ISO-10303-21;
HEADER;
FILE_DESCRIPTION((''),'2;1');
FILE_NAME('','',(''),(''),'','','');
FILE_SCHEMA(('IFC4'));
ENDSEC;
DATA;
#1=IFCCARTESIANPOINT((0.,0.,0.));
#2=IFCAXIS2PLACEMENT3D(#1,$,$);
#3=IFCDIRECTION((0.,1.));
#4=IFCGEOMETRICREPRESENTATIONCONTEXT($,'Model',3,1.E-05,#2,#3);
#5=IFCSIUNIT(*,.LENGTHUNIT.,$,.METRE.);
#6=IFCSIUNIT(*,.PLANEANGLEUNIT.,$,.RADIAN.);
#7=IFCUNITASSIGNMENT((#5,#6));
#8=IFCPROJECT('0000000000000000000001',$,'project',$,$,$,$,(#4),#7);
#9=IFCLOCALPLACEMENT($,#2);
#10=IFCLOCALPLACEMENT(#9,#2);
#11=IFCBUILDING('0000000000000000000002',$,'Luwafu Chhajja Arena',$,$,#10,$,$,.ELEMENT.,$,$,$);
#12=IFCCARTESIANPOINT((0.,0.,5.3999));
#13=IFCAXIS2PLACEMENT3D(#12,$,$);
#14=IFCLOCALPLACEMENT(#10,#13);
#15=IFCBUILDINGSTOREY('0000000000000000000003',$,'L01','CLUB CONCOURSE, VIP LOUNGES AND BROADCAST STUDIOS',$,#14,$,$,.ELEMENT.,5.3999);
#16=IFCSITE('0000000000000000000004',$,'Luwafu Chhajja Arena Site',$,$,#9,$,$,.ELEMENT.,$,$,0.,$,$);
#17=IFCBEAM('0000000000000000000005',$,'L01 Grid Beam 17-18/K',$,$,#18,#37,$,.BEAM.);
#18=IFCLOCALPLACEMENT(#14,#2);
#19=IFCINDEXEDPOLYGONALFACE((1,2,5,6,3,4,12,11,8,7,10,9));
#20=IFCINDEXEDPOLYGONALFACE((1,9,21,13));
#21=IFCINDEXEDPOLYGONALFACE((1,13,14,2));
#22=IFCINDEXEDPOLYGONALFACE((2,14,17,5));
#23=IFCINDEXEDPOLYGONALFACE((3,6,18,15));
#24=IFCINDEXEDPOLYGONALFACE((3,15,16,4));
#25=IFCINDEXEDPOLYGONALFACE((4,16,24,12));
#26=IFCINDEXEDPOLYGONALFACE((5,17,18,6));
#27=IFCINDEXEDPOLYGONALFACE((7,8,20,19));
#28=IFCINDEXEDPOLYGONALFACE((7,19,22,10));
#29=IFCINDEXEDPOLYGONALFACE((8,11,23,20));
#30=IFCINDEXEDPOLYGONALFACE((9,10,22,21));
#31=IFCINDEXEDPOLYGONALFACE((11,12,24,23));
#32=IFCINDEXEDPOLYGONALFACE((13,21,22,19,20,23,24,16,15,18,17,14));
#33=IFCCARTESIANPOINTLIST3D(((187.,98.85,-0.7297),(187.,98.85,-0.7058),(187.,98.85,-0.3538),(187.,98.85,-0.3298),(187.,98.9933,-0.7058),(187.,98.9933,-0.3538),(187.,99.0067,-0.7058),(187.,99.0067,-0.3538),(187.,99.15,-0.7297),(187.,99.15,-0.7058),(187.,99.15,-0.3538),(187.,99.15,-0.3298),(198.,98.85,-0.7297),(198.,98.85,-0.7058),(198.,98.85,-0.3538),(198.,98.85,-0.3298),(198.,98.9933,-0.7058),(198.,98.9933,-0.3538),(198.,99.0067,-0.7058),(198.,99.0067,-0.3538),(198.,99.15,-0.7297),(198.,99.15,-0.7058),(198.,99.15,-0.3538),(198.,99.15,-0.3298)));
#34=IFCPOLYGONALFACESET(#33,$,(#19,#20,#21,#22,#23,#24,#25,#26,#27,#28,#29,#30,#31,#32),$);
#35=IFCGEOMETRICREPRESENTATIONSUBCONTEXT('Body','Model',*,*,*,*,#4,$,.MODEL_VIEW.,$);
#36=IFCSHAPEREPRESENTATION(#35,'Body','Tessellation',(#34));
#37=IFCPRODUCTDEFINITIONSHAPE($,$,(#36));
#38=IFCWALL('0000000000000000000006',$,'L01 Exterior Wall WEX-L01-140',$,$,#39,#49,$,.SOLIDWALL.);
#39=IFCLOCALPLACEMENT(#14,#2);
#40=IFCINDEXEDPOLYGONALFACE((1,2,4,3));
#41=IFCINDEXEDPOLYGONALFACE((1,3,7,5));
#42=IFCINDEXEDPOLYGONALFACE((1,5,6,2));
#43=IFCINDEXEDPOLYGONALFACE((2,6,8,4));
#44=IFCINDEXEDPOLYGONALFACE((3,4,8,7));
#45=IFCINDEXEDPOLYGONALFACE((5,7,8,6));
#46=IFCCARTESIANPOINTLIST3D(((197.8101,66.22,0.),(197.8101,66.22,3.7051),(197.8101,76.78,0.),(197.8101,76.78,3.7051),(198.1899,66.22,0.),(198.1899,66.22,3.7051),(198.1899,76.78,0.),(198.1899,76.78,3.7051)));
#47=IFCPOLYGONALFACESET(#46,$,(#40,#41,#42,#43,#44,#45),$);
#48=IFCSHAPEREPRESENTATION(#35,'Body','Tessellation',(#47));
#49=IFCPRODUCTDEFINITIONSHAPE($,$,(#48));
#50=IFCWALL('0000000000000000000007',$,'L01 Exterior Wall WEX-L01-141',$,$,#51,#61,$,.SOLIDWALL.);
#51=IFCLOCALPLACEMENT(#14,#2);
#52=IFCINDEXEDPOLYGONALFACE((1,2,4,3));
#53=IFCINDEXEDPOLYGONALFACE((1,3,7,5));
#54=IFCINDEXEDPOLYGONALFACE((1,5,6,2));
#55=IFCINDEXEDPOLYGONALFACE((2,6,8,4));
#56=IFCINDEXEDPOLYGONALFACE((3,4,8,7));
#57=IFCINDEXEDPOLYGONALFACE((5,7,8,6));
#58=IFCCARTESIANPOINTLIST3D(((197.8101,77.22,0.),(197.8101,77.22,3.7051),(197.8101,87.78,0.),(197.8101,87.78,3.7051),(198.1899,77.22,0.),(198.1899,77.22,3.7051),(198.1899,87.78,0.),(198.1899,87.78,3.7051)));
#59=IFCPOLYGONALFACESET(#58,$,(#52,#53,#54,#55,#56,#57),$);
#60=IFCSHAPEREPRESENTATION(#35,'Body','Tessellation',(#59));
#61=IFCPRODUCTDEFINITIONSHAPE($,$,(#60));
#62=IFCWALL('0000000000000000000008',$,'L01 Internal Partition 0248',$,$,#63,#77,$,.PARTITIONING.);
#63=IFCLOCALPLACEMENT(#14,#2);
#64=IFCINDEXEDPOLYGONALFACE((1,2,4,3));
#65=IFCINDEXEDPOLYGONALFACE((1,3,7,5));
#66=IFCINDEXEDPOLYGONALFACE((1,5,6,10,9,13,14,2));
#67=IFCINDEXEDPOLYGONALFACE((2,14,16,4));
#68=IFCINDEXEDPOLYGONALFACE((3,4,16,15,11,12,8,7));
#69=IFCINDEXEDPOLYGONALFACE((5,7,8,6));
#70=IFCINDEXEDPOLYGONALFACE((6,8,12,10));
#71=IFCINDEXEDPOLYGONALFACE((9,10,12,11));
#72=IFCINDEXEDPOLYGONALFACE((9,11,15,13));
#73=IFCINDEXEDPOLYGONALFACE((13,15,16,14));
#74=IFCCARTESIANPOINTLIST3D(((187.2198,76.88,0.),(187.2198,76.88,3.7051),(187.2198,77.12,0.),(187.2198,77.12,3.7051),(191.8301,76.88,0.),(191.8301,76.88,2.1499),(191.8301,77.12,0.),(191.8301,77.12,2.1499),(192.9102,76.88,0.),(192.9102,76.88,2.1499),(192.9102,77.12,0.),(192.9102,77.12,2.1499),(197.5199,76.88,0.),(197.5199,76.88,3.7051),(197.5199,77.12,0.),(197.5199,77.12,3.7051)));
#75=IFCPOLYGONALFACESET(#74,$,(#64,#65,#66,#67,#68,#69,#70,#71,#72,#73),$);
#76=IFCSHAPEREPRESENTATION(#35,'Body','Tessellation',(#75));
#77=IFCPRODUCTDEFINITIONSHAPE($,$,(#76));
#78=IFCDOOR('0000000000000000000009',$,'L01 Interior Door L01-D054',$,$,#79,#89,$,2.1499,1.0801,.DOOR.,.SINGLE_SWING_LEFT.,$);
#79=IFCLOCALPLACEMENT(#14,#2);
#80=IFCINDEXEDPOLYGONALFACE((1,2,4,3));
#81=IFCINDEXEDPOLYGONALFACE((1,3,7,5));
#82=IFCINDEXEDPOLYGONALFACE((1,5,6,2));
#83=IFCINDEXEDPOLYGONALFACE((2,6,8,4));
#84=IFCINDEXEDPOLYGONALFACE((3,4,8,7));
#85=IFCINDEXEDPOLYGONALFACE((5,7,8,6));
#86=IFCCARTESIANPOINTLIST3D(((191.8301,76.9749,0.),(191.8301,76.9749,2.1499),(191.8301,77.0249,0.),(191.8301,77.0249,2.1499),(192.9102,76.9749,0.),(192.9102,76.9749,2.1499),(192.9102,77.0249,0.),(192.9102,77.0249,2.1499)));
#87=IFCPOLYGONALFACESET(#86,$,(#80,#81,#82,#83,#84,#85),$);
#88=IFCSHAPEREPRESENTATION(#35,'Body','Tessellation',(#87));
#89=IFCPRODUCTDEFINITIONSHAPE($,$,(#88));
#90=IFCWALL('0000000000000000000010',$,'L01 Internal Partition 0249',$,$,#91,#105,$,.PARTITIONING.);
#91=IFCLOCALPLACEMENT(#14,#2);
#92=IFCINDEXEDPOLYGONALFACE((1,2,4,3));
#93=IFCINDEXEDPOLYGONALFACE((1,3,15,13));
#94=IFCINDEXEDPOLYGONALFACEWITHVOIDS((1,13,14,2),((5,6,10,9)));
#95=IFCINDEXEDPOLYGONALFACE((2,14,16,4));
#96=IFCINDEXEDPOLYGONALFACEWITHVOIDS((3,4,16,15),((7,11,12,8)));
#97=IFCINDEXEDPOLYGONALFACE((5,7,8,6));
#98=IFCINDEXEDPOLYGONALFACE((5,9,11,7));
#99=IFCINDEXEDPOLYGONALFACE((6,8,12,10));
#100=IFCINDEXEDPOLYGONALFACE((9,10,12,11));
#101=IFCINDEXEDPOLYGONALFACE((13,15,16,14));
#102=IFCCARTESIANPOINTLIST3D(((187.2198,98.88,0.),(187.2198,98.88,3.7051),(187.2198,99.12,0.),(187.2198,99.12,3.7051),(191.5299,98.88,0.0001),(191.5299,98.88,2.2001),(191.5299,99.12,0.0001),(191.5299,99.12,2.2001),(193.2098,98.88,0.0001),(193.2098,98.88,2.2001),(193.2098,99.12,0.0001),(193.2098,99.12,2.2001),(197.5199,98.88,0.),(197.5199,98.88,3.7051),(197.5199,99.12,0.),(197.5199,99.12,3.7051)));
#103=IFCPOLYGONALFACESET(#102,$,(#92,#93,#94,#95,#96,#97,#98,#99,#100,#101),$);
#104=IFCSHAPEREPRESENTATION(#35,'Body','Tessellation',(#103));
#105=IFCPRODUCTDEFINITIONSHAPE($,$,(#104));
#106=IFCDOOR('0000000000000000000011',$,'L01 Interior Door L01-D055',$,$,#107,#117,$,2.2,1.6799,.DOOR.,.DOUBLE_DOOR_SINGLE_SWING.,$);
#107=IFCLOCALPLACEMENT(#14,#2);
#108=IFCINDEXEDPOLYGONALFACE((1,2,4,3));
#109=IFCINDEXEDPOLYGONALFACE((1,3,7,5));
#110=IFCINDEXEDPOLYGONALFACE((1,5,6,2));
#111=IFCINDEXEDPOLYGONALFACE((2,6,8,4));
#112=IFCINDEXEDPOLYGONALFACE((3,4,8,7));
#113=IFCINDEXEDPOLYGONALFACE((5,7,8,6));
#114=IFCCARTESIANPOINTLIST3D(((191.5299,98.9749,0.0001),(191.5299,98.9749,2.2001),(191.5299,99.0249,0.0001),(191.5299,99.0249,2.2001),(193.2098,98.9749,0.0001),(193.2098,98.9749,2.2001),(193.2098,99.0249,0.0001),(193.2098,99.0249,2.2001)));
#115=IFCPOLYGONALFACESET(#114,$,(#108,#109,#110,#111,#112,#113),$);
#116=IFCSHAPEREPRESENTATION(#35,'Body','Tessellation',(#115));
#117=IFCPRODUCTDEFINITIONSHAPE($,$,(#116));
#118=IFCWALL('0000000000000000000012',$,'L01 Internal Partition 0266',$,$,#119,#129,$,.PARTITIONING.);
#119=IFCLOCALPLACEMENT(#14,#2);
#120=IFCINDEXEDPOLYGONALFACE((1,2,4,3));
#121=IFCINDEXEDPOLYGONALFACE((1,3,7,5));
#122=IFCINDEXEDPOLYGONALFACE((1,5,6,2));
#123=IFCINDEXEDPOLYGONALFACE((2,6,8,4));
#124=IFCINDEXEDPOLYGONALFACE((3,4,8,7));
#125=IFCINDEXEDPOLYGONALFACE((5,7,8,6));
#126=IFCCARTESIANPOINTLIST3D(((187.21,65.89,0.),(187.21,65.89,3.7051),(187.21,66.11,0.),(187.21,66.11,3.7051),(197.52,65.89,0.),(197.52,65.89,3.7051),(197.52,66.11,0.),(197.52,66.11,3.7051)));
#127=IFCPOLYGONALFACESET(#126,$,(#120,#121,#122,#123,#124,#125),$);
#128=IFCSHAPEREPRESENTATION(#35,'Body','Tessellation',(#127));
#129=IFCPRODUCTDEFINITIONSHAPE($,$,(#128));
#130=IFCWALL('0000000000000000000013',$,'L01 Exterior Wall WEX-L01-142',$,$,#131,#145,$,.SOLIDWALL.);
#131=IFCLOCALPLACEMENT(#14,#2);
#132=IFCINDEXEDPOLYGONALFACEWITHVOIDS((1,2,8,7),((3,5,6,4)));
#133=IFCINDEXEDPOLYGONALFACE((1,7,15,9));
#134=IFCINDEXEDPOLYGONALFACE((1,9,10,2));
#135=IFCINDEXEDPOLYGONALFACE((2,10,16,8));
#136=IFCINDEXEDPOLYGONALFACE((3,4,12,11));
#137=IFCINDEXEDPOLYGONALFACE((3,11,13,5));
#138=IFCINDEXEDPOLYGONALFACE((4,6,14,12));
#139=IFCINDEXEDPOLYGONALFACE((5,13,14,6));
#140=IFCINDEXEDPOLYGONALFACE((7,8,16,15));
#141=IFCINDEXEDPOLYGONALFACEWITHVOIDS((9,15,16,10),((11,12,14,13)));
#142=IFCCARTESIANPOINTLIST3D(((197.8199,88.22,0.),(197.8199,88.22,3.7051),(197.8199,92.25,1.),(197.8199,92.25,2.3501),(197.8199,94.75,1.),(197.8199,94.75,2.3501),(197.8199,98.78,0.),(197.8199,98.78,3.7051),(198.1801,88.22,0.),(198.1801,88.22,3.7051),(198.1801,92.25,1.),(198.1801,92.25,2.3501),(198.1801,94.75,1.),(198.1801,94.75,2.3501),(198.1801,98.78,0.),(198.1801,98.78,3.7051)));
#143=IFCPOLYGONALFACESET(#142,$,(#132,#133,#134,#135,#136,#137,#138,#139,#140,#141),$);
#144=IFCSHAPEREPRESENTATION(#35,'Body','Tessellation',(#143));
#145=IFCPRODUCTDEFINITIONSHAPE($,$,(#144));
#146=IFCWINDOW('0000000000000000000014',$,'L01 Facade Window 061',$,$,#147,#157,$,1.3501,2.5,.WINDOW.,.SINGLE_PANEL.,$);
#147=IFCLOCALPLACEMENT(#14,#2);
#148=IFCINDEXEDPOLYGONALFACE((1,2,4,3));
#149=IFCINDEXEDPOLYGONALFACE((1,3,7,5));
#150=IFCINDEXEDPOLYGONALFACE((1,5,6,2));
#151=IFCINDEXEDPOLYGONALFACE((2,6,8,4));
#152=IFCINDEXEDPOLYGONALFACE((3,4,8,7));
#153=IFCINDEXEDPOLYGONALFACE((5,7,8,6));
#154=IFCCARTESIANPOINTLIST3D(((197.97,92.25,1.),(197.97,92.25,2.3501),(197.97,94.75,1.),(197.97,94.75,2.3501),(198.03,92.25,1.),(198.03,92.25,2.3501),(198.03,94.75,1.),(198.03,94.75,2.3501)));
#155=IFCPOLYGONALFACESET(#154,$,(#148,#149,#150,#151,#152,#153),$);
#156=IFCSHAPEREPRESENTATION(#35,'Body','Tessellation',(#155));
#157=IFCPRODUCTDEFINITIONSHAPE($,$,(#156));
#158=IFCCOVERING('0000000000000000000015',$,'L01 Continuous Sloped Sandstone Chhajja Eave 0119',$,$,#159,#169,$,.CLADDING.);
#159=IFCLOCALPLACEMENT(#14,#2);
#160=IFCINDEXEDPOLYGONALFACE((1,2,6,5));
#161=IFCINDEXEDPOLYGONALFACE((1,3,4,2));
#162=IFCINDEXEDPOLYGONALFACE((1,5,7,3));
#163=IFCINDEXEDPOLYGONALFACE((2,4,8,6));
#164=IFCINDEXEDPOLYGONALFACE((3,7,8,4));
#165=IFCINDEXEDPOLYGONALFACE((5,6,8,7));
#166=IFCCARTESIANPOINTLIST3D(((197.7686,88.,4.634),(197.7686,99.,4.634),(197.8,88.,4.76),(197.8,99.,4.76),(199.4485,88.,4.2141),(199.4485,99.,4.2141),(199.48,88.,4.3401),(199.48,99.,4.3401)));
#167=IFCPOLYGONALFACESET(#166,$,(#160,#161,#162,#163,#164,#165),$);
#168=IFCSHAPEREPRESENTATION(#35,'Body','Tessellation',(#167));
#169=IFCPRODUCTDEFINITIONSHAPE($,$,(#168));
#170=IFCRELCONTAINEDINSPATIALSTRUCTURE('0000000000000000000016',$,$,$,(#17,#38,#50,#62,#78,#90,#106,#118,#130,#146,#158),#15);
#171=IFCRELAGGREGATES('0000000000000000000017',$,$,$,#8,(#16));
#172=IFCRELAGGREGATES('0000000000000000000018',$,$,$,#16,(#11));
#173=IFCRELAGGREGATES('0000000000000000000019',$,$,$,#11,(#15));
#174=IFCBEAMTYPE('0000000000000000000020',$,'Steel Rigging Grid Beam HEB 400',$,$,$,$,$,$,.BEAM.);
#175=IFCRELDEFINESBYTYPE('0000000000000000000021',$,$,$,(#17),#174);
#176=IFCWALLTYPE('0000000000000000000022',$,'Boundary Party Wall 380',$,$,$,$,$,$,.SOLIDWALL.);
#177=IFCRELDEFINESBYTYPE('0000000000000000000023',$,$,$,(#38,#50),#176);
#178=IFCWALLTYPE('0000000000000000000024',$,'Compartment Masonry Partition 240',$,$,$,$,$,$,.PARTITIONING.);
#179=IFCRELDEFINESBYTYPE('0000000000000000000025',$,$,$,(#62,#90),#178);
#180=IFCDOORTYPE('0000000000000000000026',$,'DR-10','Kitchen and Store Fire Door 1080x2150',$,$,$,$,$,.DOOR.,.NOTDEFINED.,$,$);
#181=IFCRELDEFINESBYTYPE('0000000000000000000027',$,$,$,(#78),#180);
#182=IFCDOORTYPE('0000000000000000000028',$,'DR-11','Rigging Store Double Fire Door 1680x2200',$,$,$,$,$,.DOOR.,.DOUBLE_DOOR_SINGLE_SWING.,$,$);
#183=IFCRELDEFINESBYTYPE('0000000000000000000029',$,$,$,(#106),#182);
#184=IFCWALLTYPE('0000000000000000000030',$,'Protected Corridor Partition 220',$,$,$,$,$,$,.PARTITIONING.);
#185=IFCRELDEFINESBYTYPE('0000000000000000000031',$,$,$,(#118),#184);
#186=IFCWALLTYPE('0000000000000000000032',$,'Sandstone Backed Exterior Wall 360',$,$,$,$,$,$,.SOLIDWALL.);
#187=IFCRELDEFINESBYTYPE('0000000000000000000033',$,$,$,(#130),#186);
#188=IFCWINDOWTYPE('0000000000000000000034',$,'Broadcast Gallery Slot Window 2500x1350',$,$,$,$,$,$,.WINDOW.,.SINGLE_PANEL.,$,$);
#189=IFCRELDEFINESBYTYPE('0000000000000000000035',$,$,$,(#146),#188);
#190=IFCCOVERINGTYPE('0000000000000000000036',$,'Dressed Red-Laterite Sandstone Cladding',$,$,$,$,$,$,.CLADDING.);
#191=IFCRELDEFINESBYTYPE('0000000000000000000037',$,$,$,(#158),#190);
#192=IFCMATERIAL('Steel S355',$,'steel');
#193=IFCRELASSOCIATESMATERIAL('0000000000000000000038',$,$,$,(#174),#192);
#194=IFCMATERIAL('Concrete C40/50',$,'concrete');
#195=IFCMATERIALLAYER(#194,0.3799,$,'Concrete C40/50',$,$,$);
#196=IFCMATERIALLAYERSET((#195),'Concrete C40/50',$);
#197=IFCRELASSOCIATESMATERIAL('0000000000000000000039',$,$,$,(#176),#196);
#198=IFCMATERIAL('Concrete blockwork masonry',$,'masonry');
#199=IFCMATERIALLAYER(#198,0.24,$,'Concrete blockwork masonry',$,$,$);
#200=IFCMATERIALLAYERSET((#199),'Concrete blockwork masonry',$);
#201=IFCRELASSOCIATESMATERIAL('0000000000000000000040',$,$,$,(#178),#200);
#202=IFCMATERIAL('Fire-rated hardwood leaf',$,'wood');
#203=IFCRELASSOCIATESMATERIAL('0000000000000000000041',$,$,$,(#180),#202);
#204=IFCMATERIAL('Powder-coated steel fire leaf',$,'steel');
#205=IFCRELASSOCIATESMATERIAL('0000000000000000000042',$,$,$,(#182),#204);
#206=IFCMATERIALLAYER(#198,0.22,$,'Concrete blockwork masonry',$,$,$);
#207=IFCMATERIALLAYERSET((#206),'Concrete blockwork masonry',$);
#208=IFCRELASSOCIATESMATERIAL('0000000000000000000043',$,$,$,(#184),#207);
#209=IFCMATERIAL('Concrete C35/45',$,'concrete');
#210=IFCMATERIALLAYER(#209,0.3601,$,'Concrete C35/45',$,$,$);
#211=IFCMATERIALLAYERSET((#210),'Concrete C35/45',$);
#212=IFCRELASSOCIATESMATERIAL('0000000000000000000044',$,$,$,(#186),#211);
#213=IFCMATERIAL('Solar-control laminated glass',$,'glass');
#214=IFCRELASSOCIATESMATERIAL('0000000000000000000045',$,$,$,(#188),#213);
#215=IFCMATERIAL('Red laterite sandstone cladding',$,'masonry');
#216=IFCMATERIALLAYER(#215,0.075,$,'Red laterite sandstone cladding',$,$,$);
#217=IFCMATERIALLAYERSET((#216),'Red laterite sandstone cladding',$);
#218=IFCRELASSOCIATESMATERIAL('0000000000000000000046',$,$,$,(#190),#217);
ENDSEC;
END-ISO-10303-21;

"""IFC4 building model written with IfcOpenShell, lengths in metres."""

from ifc_helpers import new_model, si_unit, direction, frame, frame_2d, origin, origin_2d, place, context, subcontext, project, spatial, polyline, rectangle, i_section, outline, extrude, material, layer, layer_set, material_profile, profile_set, type_object, element, fill, save


model = new_model("IFC4")

# Units and contexts
model_context = context("Model", 3, precision=1e-05, world=origin(), true_north=direction((0.0, 1.0)))
body_context = subcontext(model_context, "Body", "Model", "MODEL_VIEW")
ifc_project = project(units=[si_unit("LENGTHUNIT", "METRE"), si_unit("PLANEANGLEUNIT", "RADIAN")], contexts=[model_context])

# Site, building, storey
site_placement = place(None, origin())
site = spatial("IfcSite", under=ifc_project, at=site_placement, Name="Luwafu Chhajja Arena Site", CompositionType="ELEMENT", RefElevation=0.0)
building_placement = place(site_placement, origin())
building = spatial("IfcBuilding", under=site, at=building_placement, Name="Luwafu Chhajja Arena", CompositionType="ELEMENT")
storey_placement = place(building_placement, frame((0.0, 0.0, 5.3999)))
storey = spatial("IfcBuildingStorey", under=building, at=storey_placement, Name="L01", Description="CLUB CONCOURSE, VIP LOUNGES AND BROADCAST STUDIOS", CompositionType="ELEMENT", Elevation=5.3999)

# Shared definitions
ifc_material_1 = material(Name="Concrete C35/45", Category="concrete")
ifc_material_2 = material(Name="Concrete C40/50", Category="concrete")

# Beam
ifc_material_3 = material(Name="Steel S355", Category="steel")
ifc_material_profile_1 = material_profile(ifc_material_3, i_section(OverallWidth=0.3, OverallDepth=0.3999, WebThickness=0.0134, FlangeThickness=0.0239, at=origin_2d()), Name="HEB 400")
ifc_profile_set_1 = profile_set([ifc_material_profile_1], Name="Steel S355")
beam_type_1 = type_object("IfcBeamType", Name="Steel Rigging Grid Beam HEB 400", PredefinedType="BEAM", material=ifc_profile_set_1)
beam_1_placement = place(storey_placement, frame((187.0, 99.0, -0.5298), z_axis=(1.0, 0.0, 0.0), x_axis=(0.0, 1.0, 0.0)))
element("IfcBeam", 1, at=beam_1_placement, inside=storey, type_object=beam_type_1, Name="L01 Grid Beam 17-18/K", PredefinedType="BEAM", context=body_context, shape_type="SweptSolid", body=[
    extrude(i_section(OverallWidth=0.3, OverallDepth=0.3999, WebThickness=0.0134, FlangeThickness=0.0239, at=origin_2d()), origin(), (0.0, 0.0, 1.0), 11.0),
])

# Walls
ifc_layer_1 = layer(ifc_material_2, 0.3799, Name="Concrete C40/50")
ifc_layer_set_1 = layer_set([ifc_layer_1], Name="Concrete C40/50")
wall_type_1 = type_object("IfcWallType", Name="Boundary Party Wall 380", PredefinedType="SOLIDWALL", material=ifc_layer_set_1)
for number, where, z_axis, x_axis, name in (
    (2, (198.0, 66.22, 0.0), (0.0, 0.0, 1.0), (0.0, 1.0, 0.0), "L01 Exterior Wall WEX-L01-140"),
    (3, (198.0, 77.22, 0.0), (0.0, 0.0, 1.0), (0.0, 1.0, 0.0), "L01 Exterior Wall WEX-L01-141"),
):
    element("IfcWall", number, at=place(storey_placement, frame(where, z_axis=z_axis, x_axis=x_axis)), inside=storey, type_object=wall_type_1, Name=name, PredefinedType="SOLIDWALL", context=body_context, shape_type="SweptSolid", body=[
        extrude(rectangle(XDim=10.5601, YDim=0.3799, at=frame_2d((5.28, 0.0))), origin(), (0.0, 0.0, 1.0), 3.7051),
    ])

# Walls, openings, doors
ifc_material_4 = material(Name="Concrete blockwork masonry", Category="masonry")
ifc_layer_2 = layer(ifc_material_4, 0.24, Name="Concrete blockwork masonry")
ifc_layer_set_2 = layer_set([ifc_layer_2], Name="Concrete blockwork masonry")
wall_type_2 = type_object("IfcWallType", Name="Compartment Masonry Partition 240", PredefinedType="PARTITIONING", material=ifc_layer_set_2)
wall_1_placement = place(storey_placement, frame((187.22, 77.0, 0.0), z_axis=(0.0, 0.0, 1.0), x_axis=(1.0, 0.0, 0.0)))
wall_1 = element("IfcWall", 4, at=wall_1_placement, inside=storey, type_object=wall_type_2, Name="L01 Internal Partition 0248", PredefinedType="PARTITIONING", context=body_context, shape_type="SweptSolid", body=[
    extrude(rectangle(XDim=10.3, YDim=0.24, at=frame_2d((5.1499, 0.0))), origin(), (0.0, 0.0, 1.0), 3.7051),
])
opening_1_placement = place(wall_1_placement, frame((4.6101, 0.0, 0.0)))
opening_1 = element("IfcOpeningElement", 5, at=opening_1_placement, cuts=wall_1, PredefinedType="OPENING", context=body_context, shape_type="SweptSolid", body=[
    extrude(rectangle(XDim=1.0801, YDim=2.1499, at=frame_2d((0.54, 1.075))), frame((0.0, 0.1299, 0.0), z_axis=(0.0, -1.0, 0.0), x_axis=(1.0, 0.0, 0.0)), (0.0, 0.0, 1.0), 0.26),
])
ifc_material_5 = material(Name="Fire-rated hardwood leaf", Category="wood")
door_type_1 = type_object("IfcDoorType", Name="DR-10", Description="Kitchen and Store Fire Door 1080x2150", OperationType="NOTDEFINED", PredefinedType="DOOR", material=ifc_material_5)
door_1_placement = place(opening_1_placement, origin())
door_1 = element("IfcDoor", 6, at=door_1_placement, inside=storey, type_object=door_type_1, Name="L01 Interior Door L01-D054", OperationType="SINGLE_SWING_LEFT", OverallHeight=2.1499, OverallWidth=1.0801, PredefinedType="DOOR", context=body_context, shape_type="SweptSolid", body=[
    extrude(rectangle(XDim=1.0801, YDim=2.1499, at=frame_2d((0.54, 1.075))), frame((0.0, 0.0249, 0.0), z_axis=(0.0, -1.0, 0.0), x_axis=(1.0, 0.0, 0.0)), (0.0, 0.0, 1.0), 0.05),
])
fill(opening_1, door_1)
wall_2_placement = place(storey_placement, frame((187.22, 99.0, 0.0), z_axis=(0.0, 0.0, 1.0), x_axis=(1.0, 0.0, 0.0)))
wall_2 = element("IfcWall", 7, at=wall_2_placement, inside=storey, type_object=wall_type_2, Name="L01 Internal Partition 0249", PredefinedType="PARTITIONING", context=body_context, shape_type="SweptSolid", body=[
    extrude(rectangle(XDim=10.3, YDim=0.24, at=frame_2d((5.1499, 0.0))), origin(), (0.0, 0.0, 1.0), 3.7051),
])
opening_2_placement = place(wall_2_placement, frame((4.3101, 0.0, 0.0)))
opening_2 = element("IfcOpeningElement", 8, at=opening_2_placement, cuts=wall_2, PredefinedType="OPENING", context=body_context, shape_type="SweptSolid", body=[
    extrude(rectangle(XDim=1.6799, YDim=2.2, at=frame_2d((0.8398, 1.1001))), frame((0.0, 0.1299, 0.0), z_axis=(0.0, -1.0, 0.0), x_axis=(1.0, 0.0, 0.0)), (0.0, 0.0, 1.0), 0.26),
])
ifc_material_6 = material(Name="Powder-coated steel fire leaf", Category="steel")
door_type_2 = type_object("IfcDoorType", Name="DR-11", Description="Rigging Store Double Fire Door 1680x2200", OperationType="DOUBLE_DOOR_SINGLE_SWING", PredefinedType="DOOR", material=ifc_material_6)
door_2_placement = place(opening_2_placement, origin())
door_2 = element("IfcDoor", 9, at=door_2_placement, inside=storey, type_object=door_type_2, Name="L01 Interior Door L01-D055", OperationType="DOUBLE_DOOR_SINGLE_SWING", OverallHeight=2.2, OverallWidth=1.6799, PredefinedType="DOOR", context=body_context, shape_type="SweptSolid", body=[
    extrude(rectangle(XDim=1.6799, YDim=2.2, at=frame_2d((0.8398, 1.1001))), frame((0.0, 0.0249, 0.0), z_axis=(0.0, -1.0, 0.0), x_axis=(1.0, 0.0, 0.0)), (0.0, 0.0, 1.0), 0.05),
])
fill(opening_2, door_2)

# Wall
ifc_layer_3 = layer(ifc_material_4, 0.22, Name="Concrete blockwork masonry")
ifc_layer_set_3 = layer_set([ifc_layer_3], Name="Concrete blockwork masonry")
wall_type_3 = type_object("IfcWallType", Name="Protected Corridor Partition 220", PredefinedType="PARTITIONING", material=ifc_layer_set_3)
wall_3_placement = place(storey_placement, frame((187.21, 66.0, 0.0), z_axis=(0.0, 0.0, 1.0), x_axis=(1.0, 0.0, 0.0)))
element("IfcWall", 10, at=wall_3_placement, inside=storey, type_object=wall_type_3, Name="L01 Internal Partition 0266", PredefinedType="PARTITIONING", context=body_context, shape_type="SweptSolid", body=[
    extrude(rectangle(XDim=10.3101, YDim=0.22, at=frame_2d((5.155, 0.0))), origin(), (0.0, 0.0, 1.0), 3.7051),
])

# Wall, opening, window
ifc_layer_4 = layer(ifc_material_1, 0.3601, Name="Concrete C35/45")
ifc_layer_set_4 = layer_set([ifc_layer_4], Name="Concrete C35/45")
wall_type_4 = type_object("IfcWallType", Name="Sandstone Backed Exterior Wall 360", PredefinedType="SOLIDWALL", material=ifc_layer_set_4)
wall_4_placement = place(storey_placement, frame((198.0, 88.22, 0.0), z_axis=(0.0, 0.0, 1.0), x_axis=(0.0, 1.0, 0.0)))
wall_4 = element("IfcWall", 11, at=wall_4_placement, inside=storey, type_object=wall_type_4, Name="L01 Exterior Wall WEX-L01-142", PredefinedType="SOLIDWALL", context=body_context, shape_type="SweptSolid", body=[
    extrude(rectangle(XDim=10.5601, YDim=0.3601, at=frame_2d((5.28, 0.0))), origin(), (0.0, 0.0, 1.0), 3.7051),
])
opening_3_placement = place(wall_4_placement, frame((4.03, 0.0, 1.0)))
opening_3 = element("IfcOpeningElement", 12, at=opening_3_placement, cuts=wall_4, PredefinedType="OPENING", context=body_context, shape_type="SweptSolid", body=[
    extrude(rectangle(XDim=2.5, YDim=1.3501, at=frame_2d((1.25, 0.675))), frame((0.0, 0.1899, 0.0), z_axis=(0.0, -1.0, 0.0), x_axis=(1.0, 0.0, 0.0)), (0.0, 0.0, 1.0), 0.3801),
])
ifc_material_7 = material(Name="Solar-control laminated glass", Category="glass")
window_type = type_object("IfcWindowType", Name="Broadcast Gallery Slot Window 2500x1350", PartitioningType="SINGLE_PANEL", PredefinedType="WINDOW", material=ifc_material_7)
window_placement = place(opening_3_placement, origin())
window = element("IfcWindow", 13, at=window_placement, inside=storey, type_object=window_type, Name="L01 Facade Window 061", OverallHeight=1.3501, OverallWidth=2.5, PartitioningType="SINGLE_PANEL", PredefinedType="WINDOW", context=body_context, shape_type="SweptSolid", body=[
    extrude(rectangle(XDim=2.5, YDim=1.3501, at=frame_2d((1.25, 0.675))), frame((0.0, 0.03, 0.0), z_axis=(0.0, -1.0, 0.0), x_axis=(1.0, 0.0, 0.0)), (0.0, 0.0, 1.0), 0.0601),
])
fill(opening_3, window)

# Covering
ifc_material_8 = material(Name="Red laterite sandstone cladding", Category="masonry")
ifc_layer_5 = layer(ifc_material_8, 0.075, Name="Red laterite sandstone cladding")
ifc_layer_set_5 = layer_set([ifc_layer_5], Name="Red laterite sandstone cladding")
covering_type = type_object("IfcCoveringType", Name="Dressed Red-Laterite Sandstone Cladding", PredefinedType="CLADDING", material=ifc_layer_set_5)
covering_1_placement = place(storey_placement, frame((197.8, 88.0, 4.76), z_axis=(0.242502, 0.0, 0.970151), x_axis=(0.0, 1.0, 0.0)))
element("IfcCovering", 14, at=covering_1_placement, inside=storey, type_object=covering_type, Name="L01 Continuous Sloped Sandstone Chhajja Eave 0119", PredefinedType="CLADDING", context=body_context, shape_type="SweptSolid", body=[
    extrude(outline(polyline([(0.0, 0.0), (11.0, 0.0), (11.0, -1.7316), (0.0, -1.7316), (0.0, 0.0)])), origin(), (0.0, 0.0, -1.0), 0.1299),
])

save(model, "model.ifc")
